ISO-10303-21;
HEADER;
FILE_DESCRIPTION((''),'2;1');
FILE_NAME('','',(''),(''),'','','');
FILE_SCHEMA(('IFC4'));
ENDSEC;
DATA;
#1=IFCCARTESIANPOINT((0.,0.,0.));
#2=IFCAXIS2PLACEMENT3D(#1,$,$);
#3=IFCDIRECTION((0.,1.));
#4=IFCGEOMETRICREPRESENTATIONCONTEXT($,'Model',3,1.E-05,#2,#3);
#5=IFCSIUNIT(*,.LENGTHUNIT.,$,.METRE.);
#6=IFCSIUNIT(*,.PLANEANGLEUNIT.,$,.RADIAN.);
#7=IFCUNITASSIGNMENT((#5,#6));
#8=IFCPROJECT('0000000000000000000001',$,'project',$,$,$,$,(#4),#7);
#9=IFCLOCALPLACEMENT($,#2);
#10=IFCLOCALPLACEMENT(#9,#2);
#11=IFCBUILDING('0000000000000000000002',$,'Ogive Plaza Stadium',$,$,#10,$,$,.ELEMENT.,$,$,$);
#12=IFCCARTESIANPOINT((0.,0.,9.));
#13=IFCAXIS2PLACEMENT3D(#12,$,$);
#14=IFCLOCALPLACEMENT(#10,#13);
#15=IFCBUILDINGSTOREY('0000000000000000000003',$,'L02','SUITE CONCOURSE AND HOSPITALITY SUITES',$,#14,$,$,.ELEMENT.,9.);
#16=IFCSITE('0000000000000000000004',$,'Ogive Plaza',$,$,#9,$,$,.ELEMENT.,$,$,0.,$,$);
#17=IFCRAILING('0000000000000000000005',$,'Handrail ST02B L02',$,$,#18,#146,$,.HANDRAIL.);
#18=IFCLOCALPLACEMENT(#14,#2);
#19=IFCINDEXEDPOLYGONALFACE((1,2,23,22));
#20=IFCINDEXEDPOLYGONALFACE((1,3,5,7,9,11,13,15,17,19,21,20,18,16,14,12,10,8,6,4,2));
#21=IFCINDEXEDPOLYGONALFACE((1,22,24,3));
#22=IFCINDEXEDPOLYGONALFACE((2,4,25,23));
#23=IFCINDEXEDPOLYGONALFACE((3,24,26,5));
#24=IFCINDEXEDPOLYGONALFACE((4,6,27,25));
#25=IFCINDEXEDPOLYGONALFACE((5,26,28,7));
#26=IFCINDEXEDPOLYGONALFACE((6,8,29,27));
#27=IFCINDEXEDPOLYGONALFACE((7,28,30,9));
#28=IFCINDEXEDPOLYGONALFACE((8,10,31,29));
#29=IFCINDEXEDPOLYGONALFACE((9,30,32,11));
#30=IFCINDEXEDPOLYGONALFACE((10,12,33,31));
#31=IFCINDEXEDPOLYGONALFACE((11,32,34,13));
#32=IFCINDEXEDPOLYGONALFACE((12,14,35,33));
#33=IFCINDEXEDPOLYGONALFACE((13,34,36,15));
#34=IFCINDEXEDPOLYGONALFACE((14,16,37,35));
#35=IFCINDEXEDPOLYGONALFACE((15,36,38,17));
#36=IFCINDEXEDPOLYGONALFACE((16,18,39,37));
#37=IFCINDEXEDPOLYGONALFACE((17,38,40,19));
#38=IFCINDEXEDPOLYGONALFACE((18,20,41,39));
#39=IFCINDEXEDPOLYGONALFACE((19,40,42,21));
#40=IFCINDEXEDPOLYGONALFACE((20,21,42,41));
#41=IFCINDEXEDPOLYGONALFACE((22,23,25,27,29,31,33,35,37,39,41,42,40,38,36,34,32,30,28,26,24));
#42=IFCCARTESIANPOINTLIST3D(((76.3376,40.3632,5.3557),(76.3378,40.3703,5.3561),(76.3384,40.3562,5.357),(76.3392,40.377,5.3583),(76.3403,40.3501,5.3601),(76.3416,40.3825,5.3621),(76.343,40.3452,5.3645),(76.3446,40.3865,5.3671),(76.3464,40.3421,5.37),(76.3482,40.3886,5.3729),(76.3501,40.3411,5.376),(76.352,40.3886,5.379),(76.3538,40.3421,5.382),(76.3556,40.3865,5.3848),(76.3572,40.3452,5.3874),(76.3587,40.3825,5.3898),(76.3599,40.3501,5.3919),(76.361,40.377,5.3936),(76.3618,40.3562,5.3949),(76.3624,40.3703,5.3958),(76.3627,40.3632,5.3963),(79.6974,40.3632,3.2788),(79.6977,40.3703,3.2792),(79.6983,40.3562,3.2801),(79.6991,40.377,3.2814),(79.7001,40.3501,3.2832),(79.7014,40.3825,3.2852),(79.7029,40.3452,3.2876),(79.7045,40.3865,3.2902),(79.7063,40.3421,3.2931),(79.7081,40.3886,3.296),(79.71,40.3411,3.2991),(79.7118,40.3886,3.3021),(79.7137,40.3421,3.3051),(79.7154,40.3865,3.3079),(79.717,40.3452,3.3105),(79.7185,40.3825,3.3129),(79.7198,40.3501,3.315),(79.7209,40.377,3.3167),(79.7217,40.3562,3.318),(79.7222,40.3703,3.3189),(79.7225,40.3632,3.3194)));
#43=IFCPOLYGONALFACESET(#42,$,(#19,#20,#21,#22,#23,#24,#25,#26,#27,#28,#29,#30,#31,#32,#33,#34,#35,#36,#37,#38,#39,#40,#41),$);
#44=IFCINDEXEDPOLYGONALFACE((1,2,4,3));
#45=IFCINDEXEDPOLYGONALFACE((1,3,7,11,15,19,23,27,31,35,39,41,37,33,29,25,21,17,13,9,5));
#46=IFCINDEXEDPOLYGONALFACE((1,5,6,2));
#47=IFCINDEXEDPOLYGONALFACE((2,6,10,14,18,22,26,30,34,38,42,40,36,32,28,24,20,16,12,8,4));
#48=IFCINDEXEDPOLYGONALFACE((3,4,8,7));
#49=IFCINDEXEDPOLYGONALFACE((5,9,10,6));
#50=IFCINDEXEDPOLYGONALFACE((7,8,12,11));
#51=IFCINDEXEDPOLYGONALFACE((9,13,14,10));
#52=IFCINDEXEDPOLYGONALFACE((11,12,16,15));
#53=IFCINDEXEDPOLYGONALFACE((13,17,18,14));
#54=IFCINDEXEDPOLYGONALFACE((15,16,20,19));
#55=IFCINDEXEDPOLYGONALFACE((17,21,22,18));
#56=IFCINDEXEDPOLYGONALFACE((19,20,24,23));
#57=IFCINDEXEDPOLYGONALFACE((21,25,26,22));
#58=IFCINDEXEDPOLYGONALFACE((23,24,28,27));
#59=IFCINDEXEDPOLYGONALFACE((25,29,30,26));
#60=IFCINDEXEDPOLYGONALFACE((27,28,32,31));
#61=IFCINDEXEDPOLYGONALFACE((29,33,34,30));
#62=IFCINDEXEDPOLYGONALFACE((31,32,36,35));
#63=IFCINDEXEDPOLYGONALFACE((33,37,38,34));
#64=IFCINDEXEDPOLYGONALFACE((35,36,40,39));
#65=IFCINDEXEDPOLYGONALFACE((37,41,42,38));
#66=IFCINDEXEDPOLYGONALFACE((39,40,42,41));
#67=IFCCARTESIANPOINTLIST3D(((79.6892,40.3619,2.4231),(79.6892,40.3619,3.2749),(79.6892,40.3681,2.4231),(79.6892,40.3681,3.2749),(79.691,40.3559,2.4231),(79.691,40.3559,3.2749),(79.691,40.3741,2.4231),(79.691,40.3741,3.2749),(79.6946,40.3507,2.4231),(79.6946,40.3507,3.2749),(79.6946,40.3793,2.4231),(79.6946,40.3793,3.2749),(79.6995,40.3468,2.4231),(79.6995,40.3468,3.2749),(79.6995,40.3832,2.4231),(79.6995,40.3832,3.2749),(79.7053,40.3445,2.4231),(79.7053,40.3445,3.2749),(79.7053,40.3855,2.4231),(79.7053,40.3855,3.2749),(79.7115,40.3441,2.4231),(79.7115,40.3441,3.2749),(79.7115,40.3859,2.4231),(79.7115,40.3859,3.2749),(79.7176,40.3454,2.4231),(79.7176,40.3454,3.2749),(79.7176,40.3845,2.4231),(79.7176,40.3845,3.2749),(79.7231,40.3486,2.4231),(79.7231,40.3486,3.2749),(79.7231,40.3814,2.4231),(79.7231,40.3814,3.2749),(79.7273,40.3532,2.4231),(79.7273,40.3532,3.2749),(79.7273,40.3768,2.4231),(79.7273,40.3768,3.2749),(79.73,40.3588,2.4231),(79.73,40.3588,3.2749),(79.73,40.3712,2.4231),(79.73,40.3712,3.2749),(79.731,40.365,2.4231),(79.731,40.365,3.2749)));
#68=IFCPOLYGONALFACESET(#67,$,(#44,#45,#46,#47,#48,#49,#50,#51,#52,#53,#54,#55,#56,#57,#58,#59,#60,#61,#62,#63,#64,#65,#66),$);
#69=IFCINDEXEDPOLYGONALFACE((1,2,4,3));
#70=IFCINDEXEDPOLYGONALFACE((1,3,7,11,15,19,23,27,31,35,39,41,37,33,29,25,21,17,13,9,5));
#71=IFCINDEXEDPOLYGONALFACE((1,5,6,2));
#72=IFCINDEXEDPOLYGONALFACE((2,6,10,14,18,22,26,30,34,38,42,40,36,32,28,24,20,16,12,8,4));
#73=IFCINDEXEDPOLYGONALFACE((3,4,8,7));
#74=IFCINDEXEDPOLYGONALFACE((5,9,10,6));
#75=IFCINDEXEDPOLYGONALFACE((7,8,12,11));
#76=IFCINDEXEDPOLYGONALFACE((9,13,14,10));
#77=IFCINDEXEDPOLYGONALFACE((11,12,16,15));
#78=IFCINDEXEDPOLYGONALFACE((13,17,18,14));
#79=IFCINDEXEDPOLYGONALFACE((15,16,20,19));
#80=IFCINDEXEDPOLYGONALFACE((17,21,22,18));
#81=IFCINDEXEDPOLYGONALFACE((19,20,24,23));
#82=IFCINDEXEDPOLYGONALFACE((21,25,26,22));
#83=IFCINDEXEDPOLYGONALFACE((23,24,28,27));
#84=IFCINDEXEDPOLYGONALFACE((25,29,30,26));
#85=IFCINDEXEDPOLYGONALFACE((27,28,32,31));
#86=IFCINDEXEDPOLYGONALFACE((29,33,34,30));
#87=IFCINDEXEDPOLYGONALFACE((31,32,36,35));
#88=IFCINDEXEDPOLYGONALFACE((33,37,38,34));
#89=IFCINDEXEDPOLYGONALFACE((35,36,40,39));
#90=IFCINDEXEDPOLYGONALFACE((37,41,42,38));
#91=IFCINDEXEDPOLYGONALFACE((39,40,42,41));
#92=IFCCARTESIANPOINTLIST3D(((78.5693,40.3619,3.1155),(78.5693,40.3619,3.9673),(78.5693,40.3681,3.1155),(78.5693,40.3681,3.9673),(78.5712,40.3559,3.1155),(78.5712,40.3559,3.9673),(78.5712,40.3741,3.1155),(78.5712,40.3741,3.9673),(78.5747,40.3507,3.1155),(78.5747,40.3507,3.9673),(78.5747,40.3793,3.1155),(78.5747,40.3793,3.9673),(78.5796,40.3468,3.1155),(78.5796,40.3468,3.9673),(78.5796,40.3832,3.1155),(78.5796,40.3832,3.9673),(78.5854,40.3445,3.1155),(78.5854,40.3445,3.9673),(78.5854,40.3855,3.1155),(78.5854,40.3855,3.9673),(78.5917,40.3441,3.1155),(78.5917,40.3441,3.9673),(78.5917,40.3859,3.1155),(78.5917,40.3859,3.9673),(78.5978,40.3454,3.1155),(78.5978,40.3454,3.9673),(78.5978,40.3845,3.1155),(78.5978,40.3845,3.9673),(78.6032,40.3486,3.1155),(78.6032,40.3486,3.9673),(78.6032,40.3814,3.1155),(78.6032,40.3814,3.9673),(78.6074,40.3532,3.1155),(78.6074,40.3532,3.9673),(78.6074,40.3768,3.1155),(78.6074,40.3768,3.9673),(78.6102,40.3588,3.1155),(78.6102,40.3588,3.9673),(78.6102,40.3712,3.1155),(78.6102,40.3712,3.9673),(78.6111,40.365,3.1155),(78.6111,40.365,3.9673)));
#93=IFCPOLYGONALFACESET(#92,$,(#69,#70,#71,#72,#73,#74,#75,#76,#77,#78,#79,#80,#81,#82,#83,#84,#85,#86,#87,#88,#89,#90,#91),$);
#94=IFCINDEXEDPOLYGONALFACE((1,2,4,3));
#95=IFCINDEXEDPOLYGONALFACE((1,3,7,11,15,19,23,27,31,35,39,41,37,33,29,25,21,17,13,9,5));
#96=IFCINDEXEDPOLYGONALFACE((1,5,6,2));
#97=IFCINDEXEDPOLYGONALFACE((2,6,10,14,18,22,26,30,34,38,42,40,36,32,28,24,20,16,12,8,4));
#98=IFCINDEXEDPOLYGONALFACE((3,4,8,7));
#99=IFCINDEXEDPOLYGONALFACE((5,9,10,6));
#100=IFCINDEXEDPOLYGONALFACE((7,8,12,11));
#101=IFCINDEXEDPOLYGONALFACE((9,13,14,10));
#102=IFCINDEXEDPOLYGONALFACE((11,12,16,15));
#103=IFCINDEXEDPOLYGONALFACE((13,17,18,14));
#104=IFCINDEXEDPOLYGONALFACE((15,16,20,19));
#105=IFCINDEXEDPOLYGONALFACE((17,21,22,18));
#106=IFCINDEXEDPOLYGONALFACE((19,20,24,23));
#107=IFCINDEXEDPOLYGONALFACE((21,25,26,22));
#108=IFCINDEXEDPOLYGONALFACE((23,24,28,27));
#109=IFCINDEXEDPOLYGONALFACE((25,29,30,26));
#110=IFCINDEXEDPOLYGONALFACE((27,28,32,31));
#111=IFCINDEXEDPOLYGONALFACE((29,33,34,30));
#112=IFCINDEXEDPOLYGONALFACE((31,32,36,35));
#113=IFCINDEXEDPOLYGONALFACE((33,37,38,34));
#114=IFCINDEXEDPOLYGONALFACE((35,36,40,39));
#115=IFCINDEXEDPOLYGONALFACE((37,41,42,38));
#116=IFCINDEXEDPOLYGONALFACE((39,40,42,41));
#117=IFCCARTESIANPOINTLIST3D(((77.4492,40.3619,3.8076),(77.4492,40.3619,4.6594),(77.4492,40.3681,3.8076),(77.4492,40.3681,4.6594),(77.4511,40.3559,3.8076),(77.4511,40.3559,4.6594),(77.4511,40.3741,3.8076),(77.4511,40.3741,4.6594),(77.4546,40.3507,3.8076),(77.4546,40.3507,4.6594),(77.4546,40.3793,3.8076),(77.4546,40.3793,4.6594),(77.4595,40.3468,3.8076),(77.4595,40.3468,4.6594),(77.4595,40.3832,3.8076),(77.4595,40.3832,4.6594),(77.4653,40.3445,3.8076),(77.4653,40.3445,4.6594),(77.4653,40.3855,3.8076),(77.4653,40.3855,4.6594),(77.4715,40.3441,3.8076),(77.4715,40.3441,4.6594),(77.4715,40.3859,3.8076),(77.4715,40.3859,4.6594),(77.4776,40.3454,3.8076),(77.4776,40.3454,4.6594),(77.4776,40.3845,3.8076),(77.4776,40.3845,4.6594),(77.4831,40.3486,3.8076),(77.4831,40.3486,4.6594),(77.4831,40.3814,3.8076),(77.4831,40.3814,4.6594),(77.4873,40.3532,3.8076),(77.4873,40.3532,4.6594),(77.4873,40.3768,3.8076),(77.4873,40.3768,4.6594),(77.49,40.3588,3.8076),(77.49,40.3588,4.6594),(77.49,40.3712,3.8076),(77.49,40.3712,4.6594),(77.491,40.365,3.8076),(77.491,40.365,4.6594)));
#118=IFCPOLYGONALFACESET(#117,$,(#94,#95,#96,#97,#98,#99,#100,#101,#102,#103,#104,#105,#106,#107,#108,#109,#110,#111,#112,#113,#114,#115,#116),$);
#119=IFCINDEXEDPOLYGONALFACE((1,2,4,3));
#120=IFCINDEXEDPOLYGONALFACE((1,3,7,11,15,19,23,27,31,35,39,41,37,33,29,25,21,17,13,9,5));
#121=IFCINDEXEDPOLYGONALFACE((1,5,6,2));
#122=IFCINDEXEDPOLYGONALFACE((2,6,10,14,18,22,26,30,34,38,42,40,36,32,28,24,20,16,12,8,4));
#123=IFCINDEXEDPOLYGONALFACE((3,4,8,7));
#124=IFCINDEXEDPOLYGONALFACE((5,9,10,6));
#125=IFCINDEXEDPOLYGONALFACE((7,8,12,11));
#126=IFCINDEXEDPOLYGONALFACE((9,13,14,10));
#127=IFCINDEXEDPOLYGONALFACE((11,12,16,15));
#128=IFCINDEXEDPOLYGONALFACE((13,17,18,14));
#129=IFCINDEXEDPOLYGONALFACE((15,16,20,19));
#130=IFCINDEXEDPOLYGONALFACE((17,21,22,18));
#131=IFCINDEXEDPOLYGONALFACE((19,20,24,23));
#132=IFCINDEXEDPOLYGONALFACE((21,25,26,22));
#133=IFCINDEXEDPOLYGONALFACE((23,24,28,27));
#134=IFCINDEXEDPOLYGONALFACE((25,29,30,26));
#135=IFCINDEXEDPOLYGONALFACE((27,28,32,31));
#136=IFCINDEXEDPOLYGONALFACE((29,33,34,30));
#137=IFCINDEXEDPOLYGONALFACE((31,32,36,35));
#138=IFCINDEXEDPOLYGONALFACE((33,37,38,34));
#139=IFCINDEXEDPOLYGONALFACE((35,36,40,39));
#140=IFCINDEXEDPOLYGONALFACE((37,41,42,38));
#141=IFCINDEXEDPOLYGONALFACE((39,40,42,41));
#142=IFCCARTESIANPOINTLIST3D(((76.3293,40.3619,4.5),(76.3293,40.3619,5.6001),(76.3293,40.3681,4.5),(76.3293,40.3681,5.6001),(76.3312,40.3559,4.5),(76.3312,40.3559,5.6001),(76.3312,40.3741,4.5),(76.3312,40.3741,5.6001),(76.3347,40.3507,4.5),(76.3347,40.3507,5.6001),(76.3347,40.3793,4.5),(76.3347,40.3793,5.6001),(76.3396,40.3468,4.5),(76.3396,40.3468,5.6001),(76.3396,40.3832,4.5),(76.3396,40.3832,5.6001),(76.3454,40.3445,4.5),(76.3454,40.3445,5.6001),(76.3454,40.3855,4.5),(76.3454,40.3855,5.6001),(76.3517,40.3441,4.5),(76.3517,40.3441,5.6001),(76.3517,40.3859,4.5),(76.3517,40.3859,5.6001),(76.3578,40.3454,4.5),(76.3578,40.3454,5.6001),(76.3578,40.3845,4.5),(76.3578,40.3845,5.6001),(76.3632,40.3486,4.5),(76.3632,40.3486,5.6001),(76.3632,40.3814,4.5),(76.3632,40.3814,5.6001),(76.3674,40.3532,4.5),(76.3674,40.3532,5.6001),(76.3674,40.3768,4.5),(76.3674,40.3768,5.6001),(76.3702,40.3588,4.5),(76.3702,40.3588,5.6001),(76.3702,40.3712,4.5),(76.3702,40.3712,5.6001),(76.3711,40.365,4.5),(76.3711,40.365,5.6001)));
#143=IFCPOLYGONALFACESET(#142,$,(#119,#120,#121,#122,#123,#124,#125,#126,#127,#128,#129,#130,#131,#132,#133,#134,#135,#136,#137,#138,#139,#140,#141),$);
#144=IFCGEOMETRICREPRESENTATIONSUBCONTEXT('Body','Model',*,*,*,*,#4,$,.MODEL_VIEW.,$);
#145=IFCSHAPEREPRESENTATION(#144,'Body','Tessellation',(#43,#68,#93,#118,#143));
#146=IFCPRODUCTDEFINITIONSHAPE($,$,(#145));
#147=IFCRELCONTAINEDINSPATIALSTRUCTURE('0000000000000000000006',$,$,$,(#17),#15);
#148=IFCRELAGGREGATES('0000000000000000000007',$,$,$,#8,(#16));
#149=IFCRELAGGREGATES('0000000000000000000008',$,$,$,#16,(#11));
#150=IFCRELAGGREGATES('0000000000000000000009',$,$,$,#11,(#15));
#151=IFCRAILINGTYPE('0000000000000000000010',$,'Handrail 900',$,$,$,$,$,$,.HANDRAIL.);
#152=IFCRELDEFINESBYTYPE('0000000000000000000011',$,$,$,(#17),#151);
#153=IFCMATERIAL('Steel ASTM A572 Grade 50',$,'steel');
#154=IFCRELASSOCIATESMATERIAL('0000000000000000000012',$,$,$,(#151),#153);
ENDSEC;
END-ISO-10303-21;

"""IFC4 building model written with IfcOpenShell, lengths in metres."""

from ifc_helpers import new_model, si_unit, direction, frame, origin, origin_2d, place, context, subcontext, project, spatial, circle, extrude, material, type_object, element, save


model = new_model("IFC4")

# Units and contexts
model_context = context("Model", 3, precision=1e-05, world=origin(), true_north=direction((0.0, 1.0)))
body_context = subcontext(model_context, "Body", "Model", "MODEL_VIEW")
ifc_project = project(units=[si_unit("LENGTHUNIT", "METRE"), si_unit("PLANEANGLEUNIT", "RADIAN")], contexts=[model_context])

# Site, building, storey
site_placement = place(None, origin())
site = spatial("IfcSite", under=ifc_project, at=site_placement, Name="Ogive Plaza", CompositionType="ELEMENT", RefElevation=0.0)
building_placement = place(site_placement, origin())
building = spatial("IfcBuilding", under=site, at=building_placement, Name="Ogive Plaza Stadium", CompositionType="ELEMENT")
storey_placement = place(building_placement, frame((0.0, 0.0, 9.0)))
storey = spatial("IfcBuildingStorey", under=building, at=storey_placement, Name="L02", Description="SUITE CONCOURSE AND HOSPITALITY SUITES", CompositionType="ELEMENT", Elevation=9.0)

# Railing
ifc_material_1 = material(Name="Steel ASTM A572 Grade 50", Category="steel")
railing_type_1 = type_object("IfcRailingType", Name="Handrail 900", PredefinedType="HANDRAIL", material=ifc_material_1)
for number, where, name in (
    (1, (79.71, 40.365, 2.4231), "Handrail ST02B L02"),
):
    element("IfcRailing", number, at=place(storey_placement, frame(where)), inside=storey, type_object=railing_type_1, Name=name, PredefinedType="HANDRAIL", context=body_context, shape_type="SweptSolid", body=[
        extrude(circle(Radius=0.0239, at=origin_2d()), frame((0.0, 0.0, 0.876), z_axis=(-0.850606, 0.0, 0.525803), x_axis=(0.0, -1.0, 0.0)), (0.0, 0.0, 1.0), 3.95),
        extrude(circle(Radius=0.021, at=origin_2d()), origin(), (0.0, 0.0, 1.0), 0.8518),
        extrude(circle(Radius=0.021, at=origin_2d()), frame((-1.1199, 0.0, 0.6924)), (0.0, 0.0, 1.0), 0.8518),
        extrude(circle(Radius=0.021, at=origin_2d()), frame((-2.24, 0.0, 1.3845)), (0.0, 0.0, 1.0), 0.8518),
        extrude(circle(Radius=0.021, at=origin_2d()), frame((-3.3599, 0.0, 2.0769)), (0.0, 0.0, 1.0), 1.1001),
    ])

save(model, "model.ifc")
